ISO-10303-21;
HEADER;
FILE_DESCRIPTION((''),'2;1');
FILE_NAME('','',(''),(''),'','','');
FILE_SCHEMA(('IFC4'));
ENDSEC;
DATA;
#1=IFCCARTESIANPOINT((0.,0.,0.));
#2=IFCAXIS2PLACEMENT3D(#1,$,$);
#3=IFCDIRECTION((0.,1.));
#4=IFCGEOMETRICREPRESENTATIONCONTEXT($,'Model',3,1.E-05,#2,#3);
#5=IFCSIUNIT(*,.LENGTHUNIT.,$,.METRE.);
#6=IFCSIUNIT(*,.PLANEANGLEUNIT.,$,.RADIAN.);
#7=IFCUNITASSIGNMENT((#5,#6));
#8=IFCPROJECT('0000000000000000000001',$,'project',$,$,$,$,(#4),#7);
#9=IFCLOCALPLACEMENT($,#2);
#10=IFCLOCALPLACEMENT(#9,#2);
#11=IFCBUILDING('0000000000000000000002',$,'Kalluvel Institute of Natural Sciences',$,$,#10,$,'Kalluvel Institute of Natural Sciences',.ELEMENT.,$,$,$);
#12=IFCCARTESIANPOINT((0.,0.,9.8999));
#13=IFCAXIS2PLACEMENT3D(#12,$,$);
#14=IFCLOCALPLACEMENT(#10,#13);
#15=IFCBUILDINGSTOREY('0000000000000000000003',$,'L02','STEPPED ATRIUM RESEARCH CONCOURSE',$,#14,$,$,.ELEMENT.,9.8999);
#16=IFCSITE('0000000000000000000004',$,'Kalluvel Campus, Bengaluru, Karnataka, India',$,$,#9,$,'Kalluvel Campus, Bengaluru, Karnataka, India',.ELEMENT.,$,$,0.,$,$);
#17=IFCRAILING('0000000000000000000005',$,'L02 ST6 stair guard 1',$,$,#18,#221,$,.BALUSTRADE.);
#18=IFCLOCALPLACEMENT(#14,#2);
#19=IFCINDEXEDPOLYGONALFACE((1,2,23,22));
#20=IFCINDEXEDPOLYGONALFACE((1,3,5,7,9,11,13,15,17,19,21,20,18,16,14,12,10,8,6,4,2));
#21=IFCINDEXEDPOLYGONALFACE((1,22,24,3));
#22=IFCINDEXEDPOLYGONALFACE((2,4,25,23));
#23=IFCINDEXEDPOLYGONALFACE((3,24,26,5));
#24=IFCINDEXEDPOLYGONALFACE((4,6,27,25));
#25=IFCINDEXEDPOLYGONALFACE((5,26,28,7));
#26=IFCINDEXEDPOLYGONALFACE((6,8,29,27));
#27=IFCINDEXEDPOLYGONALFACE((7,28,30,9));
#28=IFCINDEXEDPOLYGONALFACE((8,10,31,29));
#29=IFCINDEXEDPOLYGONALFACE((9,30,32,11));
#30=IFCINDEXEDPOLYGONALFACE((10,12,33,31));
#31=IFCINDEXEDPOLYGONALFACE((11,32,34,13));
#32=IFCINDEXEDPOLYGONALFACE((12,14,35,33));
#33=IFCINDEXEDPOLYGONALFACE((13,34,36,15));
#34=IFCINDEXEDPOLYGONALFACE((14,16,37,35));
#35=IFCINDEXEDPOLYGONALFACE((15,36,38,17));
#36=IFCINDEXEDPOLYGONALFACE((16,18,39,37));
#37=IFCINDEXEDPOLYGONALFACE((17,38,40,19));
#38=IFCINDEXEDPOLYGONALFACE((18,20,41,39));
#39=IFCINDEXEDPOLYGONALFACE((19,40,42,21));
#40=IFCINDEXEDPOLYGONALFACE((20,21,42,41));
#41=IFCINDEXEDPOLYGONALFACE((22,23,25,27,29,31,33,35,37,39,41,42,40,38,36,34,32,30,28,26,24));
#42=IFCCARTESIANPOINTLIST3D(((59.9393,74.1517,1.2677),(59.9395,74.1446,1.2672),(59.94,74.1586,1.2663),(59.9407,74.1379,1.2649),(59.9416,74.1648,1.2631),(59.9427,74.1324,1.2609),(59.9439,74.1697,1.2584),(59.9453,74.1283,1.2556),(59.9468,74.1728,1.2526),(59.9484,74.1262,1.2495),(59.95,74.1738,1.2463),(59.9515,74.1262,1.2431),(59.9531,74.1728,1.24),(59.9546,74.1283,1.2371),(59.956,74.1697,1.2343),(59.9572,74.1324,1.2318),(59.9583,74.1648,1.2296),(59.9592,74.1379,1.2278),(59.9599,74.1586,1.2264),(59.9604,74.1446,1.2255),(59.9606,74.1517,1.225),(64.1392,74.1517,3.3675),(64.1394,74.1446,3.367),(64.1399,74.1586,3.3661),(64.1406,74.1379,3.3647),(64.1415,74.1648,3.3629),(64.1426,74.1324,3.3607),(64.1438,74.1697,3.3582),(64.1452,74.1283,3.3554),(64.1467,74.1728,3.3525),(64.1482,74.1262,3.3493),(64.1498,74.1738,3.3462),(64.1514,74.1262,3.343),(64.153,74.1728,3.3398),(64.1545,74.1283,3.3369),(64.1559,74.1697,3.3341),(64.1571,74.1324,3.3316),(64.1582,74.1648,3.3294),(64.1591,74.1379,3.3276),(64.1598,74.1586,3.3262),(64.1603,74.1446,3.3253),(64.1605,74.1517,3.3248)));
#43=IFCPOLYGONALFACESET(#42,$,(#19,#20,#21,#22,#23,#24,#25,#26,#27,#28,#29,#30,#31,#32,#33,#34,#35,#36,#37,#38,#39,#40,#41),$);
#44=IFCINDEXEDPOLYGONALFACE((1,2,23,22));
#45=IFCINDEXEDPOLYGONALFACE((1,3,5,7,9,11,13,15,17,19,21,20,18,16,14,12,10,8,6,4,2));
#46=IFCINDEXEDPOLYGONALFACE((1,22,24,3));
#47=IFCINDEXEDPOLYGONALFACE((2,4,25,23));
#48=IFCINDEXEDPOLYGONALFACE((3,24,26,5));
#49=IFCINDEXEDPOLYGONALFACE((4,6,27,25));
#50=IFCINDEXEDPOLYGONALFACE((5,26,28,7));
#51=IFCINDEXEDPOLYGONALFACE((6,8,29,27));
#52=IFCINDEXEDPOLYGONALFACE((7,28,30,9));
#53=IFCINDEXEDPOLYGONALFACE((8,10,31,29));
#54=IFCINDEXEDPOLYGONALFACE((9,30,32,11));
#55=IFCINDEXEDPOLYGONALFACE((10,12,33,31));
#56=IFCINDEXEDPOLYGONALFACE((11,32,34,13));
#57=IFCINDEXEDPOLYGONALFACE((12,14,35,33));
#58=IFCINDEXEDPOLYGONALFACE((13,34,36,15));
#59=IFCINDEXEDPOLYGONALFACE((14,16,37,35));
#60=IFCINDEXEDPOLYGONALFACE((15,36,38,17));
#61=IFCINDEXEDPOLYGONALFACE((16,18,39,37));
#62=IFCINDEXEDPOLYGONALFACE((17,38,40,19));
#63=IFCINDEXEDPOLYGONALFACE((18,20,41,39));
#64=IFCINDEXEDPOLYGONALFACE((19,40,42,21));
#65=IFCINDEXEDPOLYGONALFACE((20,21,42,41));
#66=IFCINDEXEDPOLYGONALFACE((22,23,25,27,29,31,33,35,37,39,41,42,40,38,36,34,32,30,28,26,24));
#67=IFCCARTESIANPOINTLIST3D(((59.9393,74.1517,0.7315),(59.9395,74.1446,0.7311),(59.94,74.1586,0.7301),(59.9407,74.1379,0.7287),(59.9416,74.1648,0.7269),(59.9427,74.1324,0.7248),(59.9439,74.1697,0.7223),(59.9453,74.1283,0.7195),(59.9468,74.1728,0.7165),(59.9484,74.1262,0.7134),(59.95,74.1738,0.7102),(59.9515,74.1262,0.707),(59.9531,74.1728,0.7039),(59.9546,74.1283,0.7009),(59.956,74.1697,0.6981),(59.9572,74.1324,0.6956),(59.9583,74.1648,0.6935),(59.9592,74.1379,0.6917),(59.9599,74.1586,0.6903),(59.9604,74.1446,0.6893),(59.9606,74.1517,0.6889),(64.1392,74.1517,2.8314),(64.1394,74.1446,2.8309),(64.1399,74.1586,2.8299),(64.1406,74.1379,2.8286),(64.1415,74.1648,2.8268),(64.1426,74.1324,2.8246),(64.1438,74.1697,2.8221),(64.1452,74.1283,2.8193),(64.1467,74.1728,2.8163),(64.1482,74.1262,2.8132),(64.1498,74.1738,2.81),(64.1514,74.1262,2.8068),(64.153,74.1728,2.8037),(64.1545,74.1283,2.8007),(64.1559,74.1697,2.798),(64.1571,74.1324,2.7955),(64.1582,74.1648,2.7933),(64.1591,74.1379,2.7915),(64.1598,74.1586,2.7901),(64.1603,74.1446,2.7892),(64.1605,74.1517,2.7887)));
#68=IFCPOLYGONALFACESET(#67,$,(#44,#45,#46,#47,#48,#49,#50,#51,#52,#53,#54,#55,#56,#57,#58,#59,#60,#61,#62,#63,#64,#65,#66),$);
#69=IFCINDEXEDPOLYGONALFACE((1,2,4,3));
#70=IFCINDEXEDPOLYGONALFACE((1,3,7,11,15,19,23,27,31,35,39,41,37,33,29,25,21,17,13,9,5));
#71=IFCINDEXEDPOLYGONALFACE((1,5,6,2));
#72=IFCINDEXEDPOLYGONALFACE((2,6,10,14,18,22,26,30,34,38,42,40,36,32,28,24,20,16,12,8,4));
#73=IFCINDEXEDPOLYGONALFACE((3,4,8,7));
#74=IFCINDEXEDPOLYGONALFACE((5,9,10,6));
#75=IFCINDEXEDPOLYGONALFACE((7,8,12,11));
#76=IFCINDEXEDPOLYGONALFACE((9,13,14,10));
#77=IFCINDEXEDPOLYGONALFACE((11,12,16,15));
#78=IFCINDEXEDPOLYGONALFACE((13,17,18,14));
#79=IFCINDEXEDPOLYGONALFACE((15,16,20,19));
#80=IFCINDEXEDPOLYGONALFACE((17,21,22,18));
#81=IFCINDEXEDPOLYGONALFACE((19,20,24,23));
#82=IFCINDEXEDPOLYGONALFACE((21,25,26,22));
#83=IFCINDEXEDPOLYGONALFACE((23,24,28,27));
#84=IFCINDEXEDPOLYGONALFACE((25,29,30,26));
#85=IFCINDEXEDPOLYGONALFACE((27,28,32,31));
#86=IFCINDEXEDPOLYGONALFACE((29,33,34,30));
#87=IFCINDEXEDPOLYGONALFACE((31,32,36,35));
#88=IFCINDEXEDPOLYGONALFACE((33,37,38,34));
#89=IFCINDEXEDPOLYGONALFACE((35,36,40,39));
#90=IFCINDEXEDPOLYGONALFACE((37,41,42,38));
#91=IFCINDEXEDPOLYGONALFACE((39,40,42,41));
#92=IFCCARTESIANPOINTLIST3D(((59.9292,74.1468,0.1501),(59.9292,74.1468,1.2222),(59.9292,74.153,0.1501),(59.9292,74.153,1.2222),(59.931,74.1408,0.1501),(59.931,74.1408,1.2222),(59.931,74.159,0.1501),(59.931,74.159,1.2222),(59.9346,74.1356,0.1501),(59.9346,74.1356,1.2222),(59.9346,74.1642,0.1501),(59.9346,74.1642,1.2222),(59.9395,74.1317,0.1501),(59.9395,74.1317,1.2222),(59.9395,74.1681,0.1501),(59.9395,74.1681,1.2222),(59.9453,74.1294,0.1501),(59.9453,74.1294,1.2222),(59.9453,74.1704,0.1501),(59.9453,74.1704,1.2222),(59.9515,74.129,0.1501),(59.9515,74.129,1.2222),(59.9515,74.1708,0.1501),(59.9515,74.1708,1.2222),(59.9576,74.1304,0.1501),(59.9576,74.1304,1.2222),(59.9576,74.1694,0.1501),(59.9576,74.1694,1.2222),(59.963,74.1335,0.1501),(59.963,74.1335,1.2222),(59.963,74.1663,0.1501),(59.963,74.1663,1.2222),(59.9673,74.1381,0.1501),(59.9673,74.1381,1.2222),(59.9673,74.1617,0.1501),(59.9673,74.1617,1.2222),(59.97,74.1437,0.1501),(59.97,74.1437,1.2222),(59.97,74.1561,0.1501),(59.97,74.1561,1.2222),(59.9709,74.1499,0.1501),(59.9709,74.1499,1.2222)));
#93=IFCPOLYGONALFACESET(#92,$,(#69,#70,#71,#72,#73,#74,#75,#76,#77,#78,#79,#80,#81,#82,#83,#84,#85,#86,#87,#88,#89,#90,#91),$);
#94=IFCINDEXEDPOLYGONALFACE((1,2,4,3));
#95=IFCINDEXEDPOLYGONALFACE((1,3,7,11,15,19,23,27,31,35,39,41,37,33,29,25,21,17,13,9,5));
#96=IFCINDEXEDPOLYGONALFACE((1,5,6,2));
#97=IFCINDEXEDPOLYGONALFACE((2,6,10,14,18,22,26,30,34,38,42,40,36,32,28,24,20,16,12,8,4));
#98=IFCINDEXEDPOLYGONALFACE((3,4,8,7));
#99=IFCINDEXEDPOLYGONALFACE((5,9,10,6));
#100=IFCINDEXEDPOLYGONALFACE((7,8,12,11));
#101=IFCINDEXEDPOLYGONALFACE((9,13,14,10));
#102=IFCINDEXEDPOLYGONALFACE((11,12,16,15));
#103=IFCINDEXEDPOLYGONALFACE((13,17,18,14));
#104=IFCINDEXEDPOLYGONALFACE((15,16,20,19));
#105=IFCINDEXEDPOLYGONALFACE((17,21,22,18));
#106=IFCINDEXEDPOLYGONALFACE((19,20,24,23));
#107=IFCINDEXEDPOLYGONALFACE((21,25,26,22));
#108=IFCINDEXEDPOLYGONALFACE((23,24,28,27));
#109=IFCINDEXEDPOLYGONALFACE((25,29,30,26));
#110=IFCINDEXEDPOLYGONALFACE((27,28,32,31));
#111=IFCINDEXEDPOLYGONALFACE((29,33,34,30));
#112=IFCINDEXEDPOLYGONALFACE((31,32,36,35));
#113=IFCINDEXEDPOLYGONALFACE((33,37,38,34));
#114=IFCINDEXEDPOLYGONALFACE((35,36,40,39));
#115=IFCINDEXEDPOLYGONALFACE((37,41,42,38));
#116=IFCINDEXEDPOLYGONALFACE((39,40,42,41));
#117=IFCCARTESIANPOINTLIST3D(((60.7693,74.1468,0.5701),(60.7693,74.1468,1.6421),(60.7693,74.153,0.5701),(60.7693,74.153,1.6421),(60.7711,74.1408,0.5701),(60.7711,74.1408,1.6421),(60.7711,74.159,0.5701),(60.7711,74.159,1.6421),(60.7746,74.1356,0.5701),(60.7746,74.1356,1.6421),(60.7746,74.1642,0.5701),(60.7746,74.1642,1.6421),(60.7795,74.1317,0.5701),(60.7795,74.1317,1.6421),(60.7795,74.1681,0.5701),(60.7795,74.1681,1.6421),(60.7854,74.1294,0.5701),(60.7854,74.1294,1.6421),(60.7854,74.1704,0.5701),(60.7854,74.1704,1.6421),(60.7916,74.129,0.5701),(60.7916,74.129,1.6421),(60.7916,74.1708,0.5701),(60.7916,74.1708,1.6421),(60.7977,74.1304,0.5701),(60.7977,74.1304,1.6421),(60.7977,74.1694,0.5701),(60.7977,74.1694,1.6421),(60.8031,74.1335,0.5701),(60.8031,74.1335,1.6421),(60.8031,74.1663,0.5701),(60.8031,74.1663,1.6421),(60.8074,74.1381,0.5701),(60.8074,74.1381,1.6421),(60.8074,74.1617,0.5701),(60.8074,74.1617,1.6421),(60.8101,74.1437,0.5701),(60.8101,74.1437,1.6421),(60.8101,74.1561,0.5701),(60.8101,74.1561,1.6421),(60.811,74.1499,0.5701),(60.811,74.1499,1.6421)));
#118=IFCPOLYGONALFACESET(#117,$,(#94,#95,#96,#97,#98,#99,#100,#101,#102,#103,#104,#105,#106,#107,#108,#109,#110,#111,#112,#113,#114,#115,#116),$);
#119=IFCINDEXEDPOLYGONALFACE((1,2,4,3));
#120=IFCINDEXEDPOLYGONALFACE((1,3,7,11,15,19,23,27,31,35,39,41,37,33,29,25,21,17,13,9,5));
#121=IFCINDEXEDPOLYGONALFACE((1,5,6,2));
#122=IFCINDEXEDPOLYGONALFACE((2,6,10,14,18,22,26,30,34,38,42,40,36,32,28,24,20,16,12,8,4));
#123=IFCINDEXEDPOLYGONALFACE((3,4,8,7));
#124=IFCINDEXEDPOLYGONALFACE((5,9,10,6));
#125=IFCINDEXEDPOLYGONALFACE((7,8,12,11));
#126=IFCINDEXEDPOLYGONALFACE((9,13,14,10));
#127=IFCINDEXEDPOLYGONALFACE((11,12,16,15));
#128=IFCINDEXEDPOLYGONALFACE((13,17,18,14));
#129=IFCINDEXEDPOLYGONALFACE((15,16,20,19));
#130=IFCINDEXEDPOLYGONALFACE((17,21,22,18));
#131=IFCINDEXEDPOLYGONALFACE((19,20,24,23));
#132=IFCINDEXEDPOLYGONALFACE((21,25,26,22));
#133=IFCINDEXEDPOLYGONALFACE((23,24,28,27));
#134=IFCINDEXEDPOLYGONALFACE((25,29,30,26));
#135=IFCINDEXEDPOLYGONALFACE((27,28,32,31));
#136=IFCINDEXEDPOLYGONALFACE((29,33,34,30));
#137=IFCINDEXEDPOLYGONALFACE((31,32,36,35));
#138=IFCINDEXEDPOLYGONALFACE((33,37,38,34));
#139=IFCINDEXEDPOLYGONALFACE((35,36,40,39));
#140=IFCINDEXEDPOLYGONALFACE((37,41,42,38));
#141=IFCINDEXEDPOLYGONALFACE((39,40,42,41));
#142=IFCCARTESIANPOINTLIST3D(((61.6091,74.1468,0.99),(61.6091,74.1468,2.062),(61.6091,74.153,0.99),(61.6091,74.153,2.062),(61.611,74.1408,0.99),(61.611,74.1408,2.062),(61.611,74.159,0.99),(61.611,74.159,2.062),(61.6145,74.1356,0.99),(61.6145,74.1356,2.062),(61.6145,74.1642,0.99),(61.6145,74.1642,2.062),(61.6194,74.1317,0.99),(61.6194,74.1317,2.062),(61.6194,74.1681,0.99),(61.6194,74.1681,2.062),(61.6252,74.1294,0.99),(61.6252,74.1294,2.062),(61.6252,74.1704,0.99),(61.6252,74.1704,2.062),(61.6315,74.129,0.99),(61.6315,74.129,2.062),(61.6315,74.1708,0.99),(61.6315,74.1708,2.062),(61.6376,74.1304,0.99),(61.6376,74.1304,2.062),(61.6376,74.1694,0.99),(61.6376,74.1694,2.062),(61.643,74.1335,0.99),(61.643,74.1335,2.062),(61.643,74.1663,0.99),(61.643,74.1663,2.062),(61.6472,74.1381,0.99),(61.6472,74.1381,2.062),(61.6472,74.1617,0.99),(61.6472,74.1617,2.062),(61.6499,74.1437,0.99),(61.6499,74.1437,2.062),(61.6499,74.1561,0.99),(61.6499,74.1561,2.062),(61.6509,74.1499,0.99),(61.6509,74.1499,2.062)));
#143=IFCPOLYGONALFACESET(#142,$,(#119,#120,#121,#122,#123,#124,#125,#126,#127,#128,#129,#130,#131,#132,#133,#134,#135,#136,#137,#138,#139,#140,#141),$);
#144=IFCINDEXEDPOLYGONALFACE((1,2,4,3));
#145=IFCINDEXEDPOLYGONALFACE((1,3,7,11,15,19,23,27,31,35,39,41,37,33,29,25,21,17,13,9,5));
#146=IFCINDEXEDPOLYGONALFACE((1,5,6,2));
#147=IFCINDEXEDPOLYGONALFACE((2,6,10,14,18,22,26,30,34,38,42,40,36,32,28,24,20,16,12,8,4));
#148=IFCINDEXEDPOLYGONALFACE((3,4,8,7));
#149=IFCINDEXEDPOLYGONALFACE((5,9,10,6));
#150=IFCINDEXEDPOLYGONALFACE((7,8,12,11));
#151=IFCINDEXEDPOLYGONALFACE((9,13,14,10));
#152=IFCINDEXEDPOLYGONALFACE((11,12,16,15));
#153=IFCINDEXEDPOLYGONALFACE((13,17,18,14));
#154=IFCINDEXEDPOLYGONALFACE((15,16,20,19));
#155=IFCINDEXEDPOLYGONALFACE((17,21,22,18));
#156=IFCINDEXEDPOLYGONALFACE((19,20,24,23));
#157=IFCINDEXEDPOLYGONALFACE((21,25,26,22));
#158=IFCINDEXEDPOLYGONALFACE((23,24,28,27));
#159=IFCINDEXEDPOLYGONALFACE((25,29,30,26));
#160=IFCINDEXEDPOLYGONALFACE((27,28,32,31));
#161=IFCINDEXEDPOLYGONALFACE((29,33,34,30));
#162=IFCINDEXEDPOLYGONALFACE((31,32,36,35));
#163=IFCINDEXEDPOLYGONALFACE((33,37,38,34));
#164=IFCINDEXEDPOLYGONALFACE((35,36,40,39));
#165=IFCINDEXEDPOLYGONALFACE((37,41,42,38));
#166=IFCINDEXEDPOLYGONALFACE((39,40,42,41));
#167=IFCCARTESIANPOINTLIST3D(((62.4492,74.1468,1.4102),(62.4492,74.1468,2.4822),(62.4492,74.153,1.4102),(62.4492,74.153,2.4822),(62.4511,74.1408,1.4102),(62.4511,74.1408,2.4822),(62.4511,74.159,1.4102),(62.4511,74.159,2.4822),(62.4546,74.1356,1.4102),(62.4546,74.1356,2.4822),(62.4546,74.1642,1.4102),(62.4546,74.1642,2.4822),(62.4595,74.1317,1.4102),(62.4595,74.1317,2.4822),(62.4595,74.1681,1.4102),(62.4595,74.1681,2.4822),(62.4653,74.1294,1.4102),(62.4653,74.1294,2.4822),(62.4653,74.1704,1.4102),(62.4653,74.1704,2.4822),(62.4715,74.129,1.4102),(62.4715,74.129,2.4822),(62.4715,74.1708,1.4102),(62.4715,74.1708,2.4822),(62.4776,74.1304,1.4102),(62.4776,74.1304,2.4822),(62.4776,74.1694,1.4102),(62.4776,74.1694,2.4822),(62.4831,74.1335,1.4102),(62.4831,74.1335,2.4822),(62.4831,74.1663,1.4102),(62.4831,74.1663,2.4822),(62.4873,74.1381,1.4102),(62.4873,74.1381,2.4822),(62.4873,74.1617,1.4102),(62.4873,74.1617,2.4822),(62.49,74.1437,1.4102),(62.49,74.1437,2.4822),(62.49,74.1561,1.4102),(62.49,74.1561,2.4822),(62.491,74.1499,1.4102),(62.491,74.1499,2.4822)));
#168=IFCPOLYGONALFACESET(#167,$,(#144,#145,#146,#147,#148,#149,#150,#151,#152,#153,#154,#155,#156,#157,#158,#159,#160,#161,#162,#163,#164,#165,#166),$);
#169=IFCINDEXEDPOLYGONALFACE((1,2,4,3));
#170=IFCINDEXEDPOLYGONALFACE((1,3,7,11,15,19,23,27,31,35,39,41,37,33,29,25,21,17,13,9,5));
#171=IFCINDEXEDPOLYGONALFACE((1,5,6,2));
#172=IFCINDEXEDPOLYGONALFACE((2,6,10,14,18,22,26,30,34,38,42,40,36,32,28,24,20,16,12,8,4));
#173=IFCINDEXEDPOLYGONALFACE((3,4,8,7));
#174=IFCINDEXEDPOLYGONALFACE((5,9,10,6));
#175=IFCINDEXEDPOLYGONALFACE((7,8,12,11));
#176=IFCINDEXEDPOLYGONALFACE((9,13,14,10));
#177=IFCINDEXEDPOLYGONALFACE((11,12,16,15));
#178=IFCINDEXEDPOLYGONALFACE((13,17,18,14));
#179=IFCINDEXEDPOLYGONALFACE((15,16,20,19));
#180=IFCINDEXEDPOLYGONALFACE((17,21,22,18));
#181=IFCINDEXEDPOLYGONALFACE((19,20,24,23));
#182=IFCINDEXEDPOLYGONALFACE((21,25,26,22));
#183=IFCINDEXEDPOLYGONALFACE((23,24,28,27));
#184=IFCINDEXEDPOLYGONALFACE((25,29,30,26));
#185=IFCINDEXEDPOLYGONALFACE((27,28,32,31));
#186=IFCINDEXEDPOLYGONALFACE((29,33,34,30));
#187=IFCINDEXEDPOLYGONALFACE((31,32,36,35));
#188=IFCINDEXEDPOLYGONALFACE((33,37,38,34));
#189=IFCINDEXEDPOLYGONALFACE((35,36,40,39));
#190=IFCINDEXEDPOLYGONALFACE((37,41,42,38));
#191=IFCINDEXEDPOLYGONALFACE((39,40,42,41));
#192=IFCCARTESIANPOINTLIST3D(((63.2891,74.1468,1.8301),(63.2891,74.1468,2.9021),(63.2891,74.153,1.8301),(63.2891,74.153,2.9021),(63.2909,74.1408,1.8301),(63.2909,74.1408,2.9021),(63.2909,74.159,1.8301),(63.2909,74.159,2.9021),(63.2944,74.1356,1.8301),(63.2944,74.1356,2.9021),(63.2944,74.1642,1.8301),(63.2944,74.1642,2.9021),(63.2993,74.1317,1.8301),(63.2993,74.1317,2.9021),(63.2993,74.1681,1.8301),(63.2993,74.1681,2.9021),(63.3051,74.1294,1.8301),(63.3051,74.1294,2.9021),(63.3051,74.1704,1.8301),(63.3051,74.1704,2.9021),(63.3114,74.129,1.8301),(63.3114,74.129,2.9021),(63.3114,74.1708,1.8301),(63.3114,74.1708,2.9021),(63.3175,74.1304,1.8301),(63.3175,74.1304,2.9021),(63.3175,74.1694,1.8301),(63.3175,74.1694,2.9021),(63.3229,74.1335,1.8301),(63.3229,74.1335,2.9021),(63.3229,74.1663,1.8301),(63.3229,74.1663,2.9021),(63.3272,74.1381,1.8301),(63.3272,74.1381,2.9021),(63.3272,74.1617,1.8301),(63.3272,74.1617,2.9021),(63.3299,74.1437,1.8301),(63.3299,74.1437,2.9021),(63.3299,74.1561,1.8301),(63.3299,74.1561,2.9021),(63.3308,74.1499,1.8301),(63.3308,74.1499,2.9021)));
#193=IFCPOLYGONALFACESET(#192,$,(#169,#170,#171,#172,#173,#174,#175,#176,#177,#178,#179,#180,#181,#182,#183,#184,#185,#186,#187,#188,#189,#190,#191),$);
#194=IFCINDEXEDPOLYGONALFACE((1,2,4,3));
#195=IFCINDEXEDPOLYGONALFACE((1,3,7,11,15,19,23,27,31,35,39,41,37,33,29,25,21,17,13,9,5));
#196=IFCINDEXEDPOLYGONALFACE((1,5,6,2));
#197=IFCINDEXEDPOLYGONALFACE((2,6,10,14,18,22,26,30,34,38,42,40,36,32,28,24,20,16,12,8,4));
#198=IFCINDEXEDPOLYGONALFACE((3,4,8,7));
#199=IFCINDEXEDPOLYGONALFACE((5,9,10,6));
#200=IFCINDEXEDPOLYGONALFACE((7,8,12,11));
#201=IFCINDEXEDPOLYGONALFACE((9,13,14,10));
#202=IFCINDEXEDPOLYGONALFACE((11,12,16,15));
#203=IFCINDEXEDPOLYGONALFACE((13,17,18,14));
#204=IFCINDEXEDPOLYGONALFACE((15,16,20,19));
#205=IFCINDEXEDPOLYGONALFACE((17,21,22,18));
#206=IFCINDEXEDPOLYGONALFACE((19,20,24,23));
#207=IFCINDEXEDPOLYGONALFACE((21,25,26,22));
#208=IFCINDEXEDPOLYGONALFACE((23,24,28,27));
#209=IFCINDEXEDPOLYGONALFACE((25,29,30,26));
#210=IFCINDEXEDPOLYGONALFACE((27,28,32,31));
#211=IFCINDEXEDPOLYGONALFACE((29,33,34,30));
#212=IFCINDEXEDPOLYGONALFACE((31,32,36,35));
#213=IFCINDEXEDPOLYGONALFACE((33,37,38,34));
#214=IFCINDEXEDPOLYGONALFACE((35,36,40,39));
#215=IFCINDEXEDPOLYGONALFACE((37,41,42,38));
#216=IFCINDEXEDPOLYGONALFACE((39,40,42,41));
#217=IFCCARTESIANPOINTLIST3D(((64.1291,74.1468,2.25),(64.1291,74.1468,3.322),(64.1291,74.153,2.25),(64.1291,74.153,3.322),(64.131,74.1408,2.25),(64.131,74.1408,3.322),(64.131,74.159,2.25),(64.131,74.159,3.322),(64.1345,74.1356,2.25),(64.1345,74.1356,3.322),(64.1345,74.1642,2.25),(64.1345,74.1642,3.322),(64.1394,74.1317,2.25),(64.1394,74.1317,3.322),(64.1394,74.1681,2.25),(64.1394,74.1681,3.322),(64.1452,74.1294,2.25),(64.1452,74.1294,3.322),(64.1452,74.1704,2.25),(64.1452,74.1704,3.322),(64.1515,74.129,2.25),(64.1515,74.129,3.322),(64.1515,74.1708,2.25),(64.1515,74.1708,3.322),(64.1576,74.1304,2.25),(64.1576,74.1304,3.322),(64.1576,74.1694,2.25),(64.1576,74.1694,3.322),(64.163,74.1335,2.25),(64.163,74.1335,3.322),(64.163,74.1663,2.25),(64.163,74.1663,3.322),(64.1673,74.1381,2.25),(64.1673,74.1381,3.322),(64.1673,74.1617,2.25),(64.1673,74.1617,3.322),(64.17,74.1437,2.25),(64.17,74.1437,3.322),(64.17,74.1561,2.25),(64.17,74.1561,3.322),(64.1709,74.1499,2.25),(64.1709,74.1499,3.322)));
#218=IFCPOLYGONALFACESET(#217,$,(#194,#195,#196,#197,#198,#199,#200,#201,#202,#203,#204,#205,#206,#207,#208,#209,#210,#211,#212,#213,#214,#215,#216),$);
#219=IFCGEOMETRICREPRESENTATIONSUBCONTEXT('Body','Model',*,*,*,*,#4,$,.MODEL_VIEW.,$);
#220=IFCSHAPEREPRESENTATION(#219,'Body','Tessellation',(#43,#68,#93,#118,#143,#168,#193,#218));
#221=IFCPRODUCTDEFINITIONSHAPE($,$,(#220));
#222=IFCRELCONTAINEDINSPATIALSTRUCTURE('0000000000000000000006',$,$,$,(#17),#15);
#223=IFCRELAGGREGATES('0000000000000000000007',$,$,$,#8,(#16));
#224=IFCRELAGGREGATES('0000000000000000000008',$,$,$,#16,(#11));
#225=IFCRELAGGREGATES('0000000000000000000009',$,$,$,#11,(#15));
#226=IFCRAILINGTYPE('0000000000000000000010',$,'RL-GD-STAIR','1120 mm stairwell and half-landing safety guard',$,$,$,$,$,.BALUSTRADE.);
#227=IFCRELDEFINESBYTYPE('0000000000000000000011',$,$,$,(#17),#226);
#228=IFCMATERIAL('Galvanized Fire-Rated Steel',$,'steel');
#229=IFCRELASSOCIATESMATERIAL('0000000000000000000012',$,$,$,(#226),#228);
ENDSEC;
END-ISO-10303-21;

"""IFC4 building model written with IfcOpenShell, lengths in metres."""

from ifc_helpers import new_model, si_unit, direction, frame, origin, origin_2d, place, context, subcontext, project, spatial, circle, extrude, material, type_object, element, save


model = new_model("IFC4")

# Units and contexts
model_context = context("Model", 3, precision=1e-05, world=origin(), true_north=direction((0.0, 1.0)))
body_context = subcontext(model_context, "Body", "Model", "MODEL_VIEW")
ifc_project = project(units=[si_unit("LENGTHUNIT", "METRE"), si_unit("PLANEANGLEUNIT", "RADIAN")], contexts=[model_context])

# Site, building, storey
site_placement = place(None, origin())
site = spatial("IfcSite", under=ifc_project, at=site_placement, Name="Kalluvel Campus, Bengaluru, Karnataka, India", LongName="Kalluvel Campus, Bengaluru, Karnataka, India", CompositionType="ELEMENT", RefElevation=0.0)
building_placement = place(site_placement, origin())
building = spatial("IfcBuilding", under=site, at=building_placement, Name="Kalluvel Institute of Natural Sciences", LongName="Kalluvel Institute of Natural Sciences", CompositionType="ELEMENT")
storey_placement = place(building_placement, frame((0.0, 0.0, 9.8999)))
storey = spatial("IfcBuildingStorey", under=building, at=storey_placement, Name="L02", Description="STEPPED ATRIUM RESEARCH CONCOURSE", CompositionType="ELEMENT", Elevation=9.8999)

# Railing
ifc_material_1 = material(Name="Galvanized Fire-Rated Steel", Category="steel")
railing_type_1 = type_object("IfcRailingType", Name="RL-GD-STAIR", Description="1120 mm stairwell and half-landing safety guard", PredefinedType="BALUSTRADE", material=ifc_material_1)
railing_1_placement = place(storey_placement, frame((59.95, 74.1499, 0.1501)))
element("IfcRailing", 1, at=railing_1_placement, inside=storey, type_object=railing_type_1, Name="L02 ST6 stair guard 1", PredefinedType="BALUSTRADE", context=body_context, shape_type="SweptSolid", body=[
    extrude(circle(Radius=0.0239, at=origin_2d()), frame((0.0, 0.0, 1.0962), z_axis=(0.894438, 0.0, 0.447193), x_axis=(0.0, 1.0, 0.0)), (0.0, 0.0, 1.0), 4.6956),
    extrude(circle(Radius=0.0239, at=origin_2d()), frame((0.0, 0.0, 0.5601), z_axis=(0.894438, 0.0, 0.447193), x_axis=(0.0, 1.0, 0.0)), (0.0, 0.0, 1.0), 4.6956),
    extrude(circle(Radius=0.021, at=origin_2d()), origin(), (0.0, 0.0, 1.0), 1.072),
    extrude(circle(Radius=0.021, at=origin_2d()), frame((0.8401, 0.0, 0.4199)), (0.0, 0.0, 1.0), 1.072),
    extrude(circle(Radius=0.021, at=origin_2d()), frame((1.6799, 0.0, 0.8398)), (0.0, 0.0, 1.0), 1.072),
    extrude(circle(Radius=0.021, at=origin_2d()), frame((2.52, 0.0, 1.26)), (0.0, 0.0, 1.0), 1.072),
    extrude(circle(Radius=0.021, at=origin_2d()), frame((3.3599, 0.0, 1.6799)), (0.0, 0.0, 1.0), 1.072),
    extrude(circle(Radius=0.021, at=origin_2d()), frame((4.2, 0.0, 2.0999)), (0.0, 0.0, 1.0), 1.072),
])

save(model, "model.ifc")
